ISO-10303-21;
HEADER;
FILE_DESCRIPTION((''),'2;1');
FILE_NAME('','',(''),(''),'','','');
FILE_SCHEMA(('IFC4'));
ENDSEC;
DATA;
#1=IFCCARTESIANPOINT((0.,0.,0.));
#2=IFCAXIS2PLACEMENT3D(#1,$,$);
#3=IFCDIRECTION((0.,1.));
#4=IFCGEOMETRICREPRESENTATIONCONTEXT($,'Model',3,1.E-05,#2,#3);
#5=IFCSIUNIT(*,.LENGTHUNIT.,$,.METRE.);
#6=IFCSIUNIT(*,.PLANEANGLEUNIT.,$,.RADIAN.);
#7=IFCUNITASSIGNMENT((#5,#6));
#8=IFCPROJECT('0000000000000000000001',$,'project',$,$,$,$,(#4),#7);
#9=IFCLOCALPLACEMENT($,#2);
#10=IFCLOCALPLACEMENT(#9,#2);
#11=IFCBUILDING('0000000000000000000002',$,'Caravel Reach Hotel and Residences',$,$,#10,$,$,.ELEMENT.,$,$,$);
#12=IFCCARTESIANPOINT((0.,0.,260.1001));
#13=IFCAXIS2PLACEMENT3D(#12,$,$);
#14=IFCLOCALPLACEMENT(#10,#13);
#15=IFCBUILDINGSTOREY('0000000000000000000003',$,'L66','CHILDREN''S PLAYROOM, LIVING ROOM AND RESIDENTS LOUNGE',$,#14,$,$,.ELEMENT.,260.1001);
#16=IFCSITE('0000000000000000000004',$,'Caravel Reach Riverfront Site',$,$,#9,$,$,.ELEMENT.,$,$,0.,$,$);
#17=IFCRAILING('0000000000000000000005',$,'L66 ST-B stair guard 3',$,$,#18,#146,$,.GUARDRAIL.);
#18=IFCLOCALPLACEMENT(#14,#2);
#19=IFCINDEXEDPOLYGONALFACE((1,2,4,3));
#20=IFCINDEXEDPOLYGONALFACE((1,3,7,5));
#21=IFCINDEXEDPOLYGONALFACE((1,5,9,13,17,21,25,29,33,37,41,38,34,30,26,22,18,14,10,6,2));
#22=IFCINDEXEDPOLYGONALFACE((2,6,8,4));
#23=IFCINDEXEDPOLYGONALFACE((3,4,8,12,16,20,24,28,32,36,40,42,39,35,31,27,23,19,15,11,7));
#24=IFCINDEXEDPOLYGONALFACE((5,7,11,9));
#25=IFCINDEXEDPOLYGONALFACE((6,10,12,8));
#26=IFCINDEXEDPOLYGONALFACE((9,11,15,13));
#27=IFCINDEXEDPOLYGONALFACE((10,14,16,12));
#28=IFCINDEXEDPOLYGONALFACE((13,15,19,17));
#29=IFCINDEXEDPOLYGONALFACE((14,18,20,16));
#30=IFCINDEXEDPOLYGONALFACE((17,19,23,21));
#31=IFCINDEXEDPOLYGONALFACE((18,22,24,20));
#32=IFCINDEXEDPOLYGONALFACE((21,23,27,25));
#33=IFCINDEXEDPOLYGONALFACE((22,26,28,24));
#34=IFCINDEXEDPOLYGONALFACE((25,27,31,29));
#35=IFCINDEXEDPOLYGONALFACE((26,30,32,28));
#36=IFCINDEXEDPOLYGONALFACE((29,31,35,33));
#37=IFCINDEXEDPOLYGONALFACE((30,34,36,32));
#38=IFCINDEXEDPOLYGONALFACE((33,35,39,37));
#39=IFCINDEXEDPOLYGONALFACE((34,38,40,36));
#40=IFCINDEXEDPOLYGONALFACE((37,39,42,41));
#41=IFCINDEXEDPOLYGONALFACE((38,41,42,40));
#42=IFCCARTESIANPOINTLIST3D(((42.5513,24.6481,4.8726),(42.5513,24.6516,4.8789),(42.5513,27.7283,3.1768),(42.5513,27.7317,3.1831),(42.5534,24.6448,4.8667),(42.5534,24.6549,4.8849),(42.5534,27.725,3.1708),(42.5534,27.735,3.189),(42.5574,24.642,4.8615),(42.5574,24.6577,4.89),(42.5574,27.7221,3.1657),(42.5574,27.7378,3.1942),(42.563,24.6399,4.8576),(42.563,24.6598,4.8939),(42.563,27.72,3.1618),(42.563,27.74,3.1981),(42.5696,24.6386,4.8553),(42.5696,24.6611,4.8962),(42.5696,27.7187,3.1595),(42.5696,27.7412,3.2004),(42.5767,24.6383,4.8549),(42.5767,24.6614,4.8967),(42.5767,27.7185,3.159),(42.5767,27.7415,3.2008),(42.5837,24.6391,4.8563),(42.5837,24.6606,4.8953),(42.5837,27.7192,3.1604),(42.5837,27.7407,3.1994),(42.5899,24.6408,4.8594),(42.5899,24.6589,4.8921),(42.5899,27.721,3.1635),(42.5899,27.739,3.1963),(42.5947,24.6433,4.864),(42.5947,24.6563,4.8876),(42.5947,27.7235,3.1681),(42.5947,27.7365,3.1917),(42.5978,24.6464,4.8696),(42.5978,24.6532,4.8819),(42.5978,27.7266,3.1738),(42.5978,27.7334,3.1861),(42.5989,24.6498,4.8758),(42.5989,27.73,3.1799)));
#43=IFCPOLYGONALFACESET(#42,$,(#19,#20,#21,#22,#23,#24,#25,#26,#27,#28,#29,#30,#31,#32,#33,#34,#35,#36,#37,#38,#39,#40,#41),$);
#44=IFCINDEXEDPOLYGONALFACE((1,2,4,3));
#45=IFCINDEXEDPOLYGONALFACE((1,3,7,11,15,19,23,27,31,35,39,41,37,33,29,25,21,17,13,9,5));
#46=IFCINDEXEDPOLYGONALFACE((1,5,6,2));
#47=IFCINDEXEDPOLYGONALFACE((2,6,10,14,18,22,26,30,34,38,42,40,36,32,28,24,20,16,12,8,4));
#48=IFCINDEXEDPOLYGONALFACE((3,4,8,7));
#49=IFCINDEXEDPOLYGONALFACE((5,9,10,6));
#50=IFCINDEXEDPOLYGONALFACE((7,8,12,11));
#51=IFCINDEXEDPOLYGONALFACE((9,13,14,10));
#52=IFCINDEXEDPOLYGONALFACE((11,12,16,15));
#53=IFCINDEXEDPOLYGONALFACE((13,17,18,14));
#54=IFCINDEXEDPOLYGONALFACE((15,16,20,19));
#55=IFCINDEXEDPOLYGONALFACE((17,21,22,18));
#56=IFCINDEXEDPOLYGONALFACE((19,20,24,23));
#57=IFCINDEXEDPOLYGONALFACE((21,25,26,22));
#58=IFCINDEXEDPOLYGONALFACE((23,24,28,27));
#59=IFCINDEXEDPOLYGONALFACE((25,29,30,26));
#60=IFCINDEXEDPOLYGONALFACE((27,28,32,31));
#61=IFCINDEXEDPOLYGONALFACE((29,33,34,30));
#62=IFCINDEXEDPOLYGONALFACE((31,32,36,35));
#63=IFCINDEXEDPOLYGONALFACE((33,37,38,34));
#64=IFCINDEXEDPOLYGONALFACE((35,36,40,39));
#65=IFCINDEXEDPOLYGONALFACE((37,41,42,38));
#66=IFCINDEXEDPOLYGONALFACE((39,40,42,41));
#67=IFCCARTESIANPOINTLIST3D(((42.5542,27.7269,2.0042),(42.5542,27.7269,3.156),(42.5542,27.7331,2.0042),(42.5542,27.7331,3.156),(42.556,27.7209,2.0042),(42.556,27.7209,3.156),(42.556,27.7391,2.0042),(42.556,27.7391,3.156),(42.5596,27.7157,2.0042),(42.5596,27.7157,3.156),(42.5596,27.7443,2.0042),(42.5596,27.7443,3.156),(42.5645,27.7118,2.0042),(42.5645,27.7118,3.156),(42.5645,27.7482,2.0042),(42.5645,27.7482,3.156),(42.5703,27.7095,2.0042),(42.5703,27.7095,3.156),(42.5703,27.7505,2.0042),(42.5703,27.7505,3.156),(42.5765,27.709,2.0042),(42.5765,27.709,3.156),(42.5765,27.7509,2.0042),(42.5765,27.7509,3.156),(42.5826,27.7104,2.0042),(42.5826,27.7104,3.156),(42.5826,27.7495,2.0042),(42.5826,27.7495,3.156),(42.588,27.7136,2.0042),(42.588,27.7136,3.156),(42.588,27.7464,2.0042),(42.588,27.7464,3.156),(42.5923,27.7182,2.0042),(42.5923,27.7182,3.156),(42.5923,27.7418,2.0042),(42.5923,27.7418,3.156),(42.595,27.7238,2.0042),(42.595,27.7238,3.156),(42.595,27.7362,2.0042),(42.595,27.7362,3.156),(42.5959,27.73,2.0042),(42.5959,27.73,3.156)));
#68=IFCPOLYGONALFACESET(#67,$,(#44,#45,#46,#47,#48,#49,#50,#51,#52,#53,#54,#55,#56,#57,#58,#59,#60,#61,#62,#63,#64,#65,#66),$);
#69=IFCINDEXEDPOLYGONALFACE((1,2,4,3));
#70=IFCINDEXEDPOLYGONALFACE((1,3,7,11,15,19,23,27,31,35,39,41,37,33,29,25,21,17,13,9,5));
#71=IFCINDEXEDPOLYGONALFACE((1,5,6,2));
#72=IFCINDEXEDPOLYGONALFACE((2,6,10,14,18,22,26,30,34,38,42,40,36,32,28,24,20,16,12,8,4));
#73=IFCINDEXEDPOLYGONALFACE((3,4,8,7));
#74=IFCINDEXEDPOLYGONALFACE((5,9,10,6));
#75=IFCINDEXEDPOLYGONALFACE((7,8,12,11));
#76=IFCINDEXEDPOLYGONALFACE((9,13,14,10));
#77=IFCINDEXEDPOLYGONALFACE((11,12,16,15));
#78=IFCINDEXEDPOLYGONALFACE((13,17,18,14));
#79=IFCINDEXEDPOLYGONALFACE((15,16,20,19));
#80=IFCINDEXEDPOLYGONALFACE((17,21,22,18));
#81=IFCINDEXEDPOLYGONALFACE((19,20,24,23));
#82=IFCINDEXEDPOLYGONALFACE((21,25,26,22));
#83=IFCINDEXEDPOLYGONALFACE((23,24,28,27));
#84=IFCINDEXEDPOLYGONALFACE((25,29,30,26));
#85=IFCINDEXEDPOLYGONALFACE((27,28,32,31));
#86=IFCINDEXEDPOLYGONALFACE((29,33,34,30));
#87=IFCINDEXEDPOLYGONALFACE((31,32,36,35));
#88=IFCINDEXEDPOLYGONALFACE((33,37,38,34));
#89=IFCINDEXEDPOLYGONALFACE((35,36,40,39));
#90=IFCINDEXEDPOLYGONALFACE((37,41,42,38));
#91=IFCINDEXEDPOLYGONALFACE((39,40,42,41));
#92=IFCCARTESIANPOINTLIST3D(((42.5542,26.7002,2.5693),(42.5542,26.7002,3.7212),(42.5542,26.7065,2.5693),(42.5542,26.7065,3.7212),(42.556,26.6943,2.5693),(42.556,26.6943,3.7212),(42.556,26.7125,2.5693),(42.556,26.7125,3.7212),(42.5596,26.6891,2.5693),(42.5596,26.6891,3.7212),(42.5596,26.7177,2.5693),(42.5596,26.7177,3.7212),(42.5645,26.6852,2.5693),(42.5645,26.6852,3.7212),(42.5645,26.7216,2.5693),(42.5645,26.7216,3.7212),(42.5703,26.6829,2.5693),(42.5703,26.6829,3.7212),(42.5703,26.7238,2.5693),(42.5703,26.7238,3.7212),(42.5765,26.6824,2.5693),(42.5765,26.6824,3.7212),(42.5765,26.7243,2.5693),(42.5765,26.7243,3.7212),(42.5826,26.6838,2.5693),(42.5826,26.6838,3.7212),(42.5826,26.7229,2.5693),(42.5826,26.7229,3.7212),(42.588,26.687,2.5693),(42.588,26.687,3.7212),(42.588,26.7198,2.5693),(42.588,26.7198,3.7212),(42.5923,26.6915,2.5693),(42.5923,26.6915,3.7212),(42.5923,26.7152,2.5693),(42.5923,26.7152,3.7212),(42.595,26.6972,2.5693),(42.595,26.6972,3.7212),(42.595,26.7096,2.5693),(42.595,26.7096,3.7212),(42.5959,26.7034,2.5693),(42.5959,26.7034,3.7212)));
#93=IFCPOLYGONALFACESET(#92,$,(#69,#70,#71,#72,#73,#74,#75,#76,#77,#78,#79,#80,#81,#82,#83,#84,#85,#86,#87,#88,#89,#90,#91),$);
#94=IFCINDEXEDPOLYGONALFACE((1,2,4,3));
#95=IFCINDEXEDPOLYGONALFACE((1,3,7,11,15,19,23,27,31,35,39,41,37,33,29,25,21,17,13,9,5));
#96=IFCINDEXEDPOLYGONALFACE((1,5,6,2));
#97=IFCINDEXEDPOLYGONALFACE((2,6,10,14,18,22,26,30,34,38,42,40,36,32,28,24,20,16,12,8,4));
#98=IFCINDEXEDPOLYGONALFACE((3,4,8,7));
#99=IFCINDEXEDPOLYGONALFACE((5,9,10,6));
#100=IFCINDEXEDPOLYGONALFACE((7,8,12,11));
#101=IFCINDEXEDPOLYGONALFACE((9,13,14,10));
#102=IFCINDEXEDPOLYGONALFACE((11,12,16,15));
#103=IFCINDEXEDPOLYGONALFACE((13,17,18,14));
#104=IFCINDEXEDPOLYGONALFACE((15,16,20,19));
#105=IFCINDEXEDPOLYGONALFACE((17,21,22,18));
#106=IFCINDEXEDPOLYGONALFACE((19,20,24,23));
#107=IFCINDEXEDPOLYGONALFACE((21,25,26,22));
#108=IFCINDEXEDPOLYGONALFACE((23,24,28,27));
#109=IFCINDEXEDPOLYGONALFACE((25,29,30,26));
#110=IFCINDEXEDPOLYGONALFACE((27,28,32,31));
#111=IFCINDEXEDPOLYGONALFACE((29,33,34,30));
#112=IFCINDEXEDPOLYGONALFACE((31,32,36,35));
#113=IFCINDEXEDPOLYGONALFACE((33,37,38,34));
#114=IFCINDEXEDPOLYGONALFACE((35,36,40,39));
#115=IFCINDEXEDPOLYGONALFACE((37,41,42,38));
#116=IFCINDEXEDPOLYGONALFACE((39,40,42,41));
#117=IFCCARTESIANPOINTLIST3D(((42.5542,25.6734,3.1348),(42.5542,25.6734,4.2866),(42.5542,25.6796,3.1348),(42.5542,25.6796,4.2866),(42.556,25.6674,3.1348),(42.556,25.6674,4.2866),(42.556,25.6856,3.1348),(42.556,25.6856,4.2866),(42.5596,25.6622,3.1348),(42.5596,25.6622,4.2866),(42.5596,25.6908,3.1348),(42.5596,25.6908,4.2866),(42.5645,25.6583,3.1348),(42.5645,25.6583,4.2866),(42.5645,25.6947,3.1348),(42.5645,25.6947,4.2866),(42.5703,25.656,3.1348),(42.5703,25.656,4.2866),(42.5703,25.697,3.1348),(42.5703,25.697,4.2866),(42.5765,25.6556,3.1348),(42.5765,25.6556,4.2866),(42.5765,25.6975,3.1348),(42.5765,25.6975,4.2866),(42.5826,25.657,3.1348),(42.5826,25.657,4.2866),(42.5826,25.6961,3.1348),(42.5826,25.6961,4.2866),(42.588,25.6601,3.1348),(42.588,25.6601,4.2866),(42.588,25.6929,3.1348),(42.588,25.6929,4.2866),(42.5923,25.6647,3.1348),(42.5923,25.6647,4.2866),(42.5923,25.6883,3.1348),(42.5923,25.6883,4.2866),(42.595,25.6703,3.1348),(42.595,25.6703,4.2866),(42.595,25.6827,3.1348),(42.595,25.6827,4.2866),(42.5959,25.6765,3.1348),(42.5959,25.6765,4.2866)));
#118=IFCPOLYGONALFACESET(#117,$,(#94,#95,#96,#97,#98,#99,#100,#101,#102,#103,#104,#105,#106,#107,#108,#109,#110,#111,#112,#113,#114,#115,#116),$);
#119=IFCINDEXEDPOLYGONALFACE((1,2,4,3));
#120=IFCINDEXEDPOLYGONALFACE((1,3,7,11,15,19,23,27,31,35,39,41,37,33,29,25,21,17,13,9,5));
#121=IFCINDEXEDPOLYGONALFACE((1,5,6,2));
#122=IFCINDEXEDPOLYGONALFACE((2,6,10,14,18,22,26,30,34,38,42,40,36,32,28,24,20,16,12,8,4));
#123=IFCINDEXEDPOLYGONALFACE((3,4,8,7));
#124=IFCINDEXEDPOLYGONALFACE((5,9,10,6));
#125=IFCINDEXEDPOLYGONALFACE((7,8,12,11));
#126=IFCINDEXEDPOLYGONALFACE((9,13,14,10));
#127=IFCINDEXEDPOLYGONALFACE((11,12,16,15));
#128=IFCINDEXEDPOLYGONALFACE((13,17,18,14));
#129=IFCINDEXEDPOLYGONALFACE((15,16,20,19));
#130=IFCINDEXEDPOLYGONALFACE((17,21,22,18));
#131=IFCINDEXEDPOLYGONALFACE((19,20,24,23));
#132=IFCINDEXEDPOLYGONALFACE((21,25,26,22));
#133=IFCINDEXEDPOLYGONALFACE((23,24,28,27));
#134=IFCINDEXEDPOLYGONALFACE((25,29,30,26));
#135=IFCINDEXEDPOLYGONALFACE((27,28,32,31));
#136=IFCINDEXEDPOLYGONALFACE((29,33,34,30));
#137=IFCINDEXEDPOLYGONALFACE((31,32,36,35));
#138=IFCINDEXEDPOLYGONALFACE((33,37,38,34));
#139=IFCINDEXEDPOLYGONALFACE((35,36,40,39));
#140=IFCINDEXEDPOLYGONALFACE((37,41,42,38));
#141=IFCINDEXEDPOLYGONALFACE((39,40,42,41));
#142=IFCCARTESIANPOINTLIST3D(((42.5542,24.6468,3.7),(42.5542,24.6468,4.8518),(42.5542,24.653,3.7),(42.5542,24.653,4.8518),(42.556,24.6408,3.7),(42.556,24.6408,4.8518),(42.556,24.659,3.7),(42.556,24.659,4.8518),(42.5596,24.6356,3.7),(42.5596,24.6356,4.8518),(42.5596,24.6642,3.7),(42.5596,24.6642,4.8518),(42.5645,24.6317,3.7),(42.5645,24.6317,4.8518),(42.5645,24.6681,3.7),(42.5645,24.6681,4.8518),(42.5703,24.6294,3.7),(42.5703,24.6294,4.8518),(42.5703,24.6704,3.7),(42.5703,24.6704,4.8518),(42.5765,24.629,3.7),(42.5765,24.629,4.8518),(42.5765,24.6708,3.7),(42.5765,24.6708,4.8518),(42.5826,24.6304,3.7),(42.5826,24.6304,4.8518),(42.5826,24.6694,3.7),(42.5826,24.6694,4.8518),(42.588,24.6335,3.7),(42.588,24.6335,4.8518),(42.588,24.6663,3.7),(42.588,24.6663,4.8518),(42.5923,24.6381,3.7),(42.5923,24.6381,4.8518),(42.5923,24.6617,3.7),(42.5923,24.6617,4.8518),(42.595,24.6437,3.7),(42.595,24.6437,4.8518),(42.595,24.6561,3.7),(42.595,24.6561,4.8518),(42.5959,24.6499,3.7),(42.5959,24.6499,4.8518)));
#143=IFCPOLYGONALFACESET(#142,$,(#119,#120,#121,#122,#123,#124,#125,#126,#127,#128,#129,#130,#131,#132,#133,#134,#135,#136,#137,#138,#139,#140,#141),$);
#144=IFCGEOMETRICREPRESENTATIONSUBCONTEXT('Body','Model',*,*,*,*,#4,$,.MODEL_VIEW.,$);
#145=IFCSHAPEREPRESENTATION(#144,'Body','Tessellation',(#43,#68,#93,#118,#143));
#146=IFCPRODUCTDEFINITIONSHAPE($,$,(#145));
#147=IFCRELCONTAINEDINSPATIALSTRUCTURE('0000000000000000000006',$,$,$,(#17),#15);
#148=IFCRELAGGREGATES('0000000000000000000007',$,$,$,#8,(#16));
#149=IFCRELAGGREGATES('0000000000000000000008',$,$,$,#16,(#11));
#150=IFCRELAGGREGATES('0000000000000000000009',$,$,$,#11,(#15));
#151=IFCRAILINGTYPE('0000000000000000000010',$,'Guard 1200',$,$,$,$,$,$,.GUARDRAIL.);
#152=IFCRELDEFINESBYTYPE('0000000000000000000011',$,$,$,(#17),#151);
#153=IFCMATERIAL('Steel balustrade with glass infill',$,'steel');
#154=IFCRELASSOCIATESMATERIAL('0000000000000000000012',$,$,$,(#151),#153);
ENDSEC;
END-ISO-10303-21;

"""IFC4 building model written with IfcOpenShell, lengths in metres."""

from ifc_helpers import new_model, si_unit, direction, frame, origin, origin_2d, place, context, subcontext, project, spatial, circle, extrude, material, type_object, element, save


model = new_model("IFC4")

# Units and contexts
model_context = context("Model", 3, precision=1e-05, world=origin(), true_north=direction((0.0, 1.0)))
body_context = subcontext(model_context, "Body", "Model", "MODEL_VIEW")
ifc_project = project(units=[si_unit("LENGTHUNIT", "METRE"), si_unit("PLANEANGLEUNIT", "RADIAN")], contexts=[model_context])

# Site, building, storey
site_placement = place(None, origin())
site = spatial("IfcSite", under=ifc_project, at=site_placement, Name="Caravel Reach Riverfront Site", CompositionType="ELEMENT", RefElevation=0.0)
building_placement = place(site_placement, origin())
building = spatial("IfcBuilding", under=site, at=building_placement, Name="Caravel Reach Hotel and Residences", CompositionType="ELEMENT")
storey_placement = place(building_placement, frame((0.0, 0.0, 260.1001)))
storey = spatial("IfcBuildingStorey", under=building, at=storey_placement, Name="L66", Description="CHILDREN'S PLAYROOM, LIVING ROOM AND RESIDENTS LOUNGE", CompositionType="ELEMENT", Elevation=260.1001)

# Railing
ifc_material_1 = material(Name="Steel balustrade with glass infill", Category="steel")
railing_type = type_object("IfcRailingType", Name="Guard 1200", PredefinedType="GUARDRAIL", material=ifc_material_1)
railing_1_placement = place(storey_placement, frame((42.575, 27.73, 2.0042)))
element("IfcRailing", 1, at=railing_1_placement, inside=storey, type_object=railing_type, Name="L66 ST-B stair guard 3", PredefinedType="GUARDRAIL", context=body_context, shape_type="SweptSolid", body=[
    extrude(circle(Radius=0.0239, at=origin_2d()), frame((0.0, 0.0, 1.1758), z_axis=(0.0, -0.876005, 0.482303), x_axis=(1.0, 0.0, 0.0)), (0.0, 0.0, 1.0), 3.5161),
    extrude(circle(Radius=0.021, at=origin_2d()), origin(), (0.0, 0.0, 1.0), 1.1519),
    extrude(circle(Radius=0.021, at=origin_2d()), frame((0.0, -1.0266, 0.5652)), (0.0, 0.0, 1.0), 1.1519),
    extrude(circle(Radius=0.021, at=origin_2d()), frame((0.0, -2.0535, 1.1306)), (0.0, 0.0, 1.0), 1.1519),
    extrude(circle(Radius=0.021, at=origin_2d()), frame((0.0, -3.0801, 1.6958)), (0.0, 0.0, 1.0), 1.1519),
])

save(model, "model.ifc")
